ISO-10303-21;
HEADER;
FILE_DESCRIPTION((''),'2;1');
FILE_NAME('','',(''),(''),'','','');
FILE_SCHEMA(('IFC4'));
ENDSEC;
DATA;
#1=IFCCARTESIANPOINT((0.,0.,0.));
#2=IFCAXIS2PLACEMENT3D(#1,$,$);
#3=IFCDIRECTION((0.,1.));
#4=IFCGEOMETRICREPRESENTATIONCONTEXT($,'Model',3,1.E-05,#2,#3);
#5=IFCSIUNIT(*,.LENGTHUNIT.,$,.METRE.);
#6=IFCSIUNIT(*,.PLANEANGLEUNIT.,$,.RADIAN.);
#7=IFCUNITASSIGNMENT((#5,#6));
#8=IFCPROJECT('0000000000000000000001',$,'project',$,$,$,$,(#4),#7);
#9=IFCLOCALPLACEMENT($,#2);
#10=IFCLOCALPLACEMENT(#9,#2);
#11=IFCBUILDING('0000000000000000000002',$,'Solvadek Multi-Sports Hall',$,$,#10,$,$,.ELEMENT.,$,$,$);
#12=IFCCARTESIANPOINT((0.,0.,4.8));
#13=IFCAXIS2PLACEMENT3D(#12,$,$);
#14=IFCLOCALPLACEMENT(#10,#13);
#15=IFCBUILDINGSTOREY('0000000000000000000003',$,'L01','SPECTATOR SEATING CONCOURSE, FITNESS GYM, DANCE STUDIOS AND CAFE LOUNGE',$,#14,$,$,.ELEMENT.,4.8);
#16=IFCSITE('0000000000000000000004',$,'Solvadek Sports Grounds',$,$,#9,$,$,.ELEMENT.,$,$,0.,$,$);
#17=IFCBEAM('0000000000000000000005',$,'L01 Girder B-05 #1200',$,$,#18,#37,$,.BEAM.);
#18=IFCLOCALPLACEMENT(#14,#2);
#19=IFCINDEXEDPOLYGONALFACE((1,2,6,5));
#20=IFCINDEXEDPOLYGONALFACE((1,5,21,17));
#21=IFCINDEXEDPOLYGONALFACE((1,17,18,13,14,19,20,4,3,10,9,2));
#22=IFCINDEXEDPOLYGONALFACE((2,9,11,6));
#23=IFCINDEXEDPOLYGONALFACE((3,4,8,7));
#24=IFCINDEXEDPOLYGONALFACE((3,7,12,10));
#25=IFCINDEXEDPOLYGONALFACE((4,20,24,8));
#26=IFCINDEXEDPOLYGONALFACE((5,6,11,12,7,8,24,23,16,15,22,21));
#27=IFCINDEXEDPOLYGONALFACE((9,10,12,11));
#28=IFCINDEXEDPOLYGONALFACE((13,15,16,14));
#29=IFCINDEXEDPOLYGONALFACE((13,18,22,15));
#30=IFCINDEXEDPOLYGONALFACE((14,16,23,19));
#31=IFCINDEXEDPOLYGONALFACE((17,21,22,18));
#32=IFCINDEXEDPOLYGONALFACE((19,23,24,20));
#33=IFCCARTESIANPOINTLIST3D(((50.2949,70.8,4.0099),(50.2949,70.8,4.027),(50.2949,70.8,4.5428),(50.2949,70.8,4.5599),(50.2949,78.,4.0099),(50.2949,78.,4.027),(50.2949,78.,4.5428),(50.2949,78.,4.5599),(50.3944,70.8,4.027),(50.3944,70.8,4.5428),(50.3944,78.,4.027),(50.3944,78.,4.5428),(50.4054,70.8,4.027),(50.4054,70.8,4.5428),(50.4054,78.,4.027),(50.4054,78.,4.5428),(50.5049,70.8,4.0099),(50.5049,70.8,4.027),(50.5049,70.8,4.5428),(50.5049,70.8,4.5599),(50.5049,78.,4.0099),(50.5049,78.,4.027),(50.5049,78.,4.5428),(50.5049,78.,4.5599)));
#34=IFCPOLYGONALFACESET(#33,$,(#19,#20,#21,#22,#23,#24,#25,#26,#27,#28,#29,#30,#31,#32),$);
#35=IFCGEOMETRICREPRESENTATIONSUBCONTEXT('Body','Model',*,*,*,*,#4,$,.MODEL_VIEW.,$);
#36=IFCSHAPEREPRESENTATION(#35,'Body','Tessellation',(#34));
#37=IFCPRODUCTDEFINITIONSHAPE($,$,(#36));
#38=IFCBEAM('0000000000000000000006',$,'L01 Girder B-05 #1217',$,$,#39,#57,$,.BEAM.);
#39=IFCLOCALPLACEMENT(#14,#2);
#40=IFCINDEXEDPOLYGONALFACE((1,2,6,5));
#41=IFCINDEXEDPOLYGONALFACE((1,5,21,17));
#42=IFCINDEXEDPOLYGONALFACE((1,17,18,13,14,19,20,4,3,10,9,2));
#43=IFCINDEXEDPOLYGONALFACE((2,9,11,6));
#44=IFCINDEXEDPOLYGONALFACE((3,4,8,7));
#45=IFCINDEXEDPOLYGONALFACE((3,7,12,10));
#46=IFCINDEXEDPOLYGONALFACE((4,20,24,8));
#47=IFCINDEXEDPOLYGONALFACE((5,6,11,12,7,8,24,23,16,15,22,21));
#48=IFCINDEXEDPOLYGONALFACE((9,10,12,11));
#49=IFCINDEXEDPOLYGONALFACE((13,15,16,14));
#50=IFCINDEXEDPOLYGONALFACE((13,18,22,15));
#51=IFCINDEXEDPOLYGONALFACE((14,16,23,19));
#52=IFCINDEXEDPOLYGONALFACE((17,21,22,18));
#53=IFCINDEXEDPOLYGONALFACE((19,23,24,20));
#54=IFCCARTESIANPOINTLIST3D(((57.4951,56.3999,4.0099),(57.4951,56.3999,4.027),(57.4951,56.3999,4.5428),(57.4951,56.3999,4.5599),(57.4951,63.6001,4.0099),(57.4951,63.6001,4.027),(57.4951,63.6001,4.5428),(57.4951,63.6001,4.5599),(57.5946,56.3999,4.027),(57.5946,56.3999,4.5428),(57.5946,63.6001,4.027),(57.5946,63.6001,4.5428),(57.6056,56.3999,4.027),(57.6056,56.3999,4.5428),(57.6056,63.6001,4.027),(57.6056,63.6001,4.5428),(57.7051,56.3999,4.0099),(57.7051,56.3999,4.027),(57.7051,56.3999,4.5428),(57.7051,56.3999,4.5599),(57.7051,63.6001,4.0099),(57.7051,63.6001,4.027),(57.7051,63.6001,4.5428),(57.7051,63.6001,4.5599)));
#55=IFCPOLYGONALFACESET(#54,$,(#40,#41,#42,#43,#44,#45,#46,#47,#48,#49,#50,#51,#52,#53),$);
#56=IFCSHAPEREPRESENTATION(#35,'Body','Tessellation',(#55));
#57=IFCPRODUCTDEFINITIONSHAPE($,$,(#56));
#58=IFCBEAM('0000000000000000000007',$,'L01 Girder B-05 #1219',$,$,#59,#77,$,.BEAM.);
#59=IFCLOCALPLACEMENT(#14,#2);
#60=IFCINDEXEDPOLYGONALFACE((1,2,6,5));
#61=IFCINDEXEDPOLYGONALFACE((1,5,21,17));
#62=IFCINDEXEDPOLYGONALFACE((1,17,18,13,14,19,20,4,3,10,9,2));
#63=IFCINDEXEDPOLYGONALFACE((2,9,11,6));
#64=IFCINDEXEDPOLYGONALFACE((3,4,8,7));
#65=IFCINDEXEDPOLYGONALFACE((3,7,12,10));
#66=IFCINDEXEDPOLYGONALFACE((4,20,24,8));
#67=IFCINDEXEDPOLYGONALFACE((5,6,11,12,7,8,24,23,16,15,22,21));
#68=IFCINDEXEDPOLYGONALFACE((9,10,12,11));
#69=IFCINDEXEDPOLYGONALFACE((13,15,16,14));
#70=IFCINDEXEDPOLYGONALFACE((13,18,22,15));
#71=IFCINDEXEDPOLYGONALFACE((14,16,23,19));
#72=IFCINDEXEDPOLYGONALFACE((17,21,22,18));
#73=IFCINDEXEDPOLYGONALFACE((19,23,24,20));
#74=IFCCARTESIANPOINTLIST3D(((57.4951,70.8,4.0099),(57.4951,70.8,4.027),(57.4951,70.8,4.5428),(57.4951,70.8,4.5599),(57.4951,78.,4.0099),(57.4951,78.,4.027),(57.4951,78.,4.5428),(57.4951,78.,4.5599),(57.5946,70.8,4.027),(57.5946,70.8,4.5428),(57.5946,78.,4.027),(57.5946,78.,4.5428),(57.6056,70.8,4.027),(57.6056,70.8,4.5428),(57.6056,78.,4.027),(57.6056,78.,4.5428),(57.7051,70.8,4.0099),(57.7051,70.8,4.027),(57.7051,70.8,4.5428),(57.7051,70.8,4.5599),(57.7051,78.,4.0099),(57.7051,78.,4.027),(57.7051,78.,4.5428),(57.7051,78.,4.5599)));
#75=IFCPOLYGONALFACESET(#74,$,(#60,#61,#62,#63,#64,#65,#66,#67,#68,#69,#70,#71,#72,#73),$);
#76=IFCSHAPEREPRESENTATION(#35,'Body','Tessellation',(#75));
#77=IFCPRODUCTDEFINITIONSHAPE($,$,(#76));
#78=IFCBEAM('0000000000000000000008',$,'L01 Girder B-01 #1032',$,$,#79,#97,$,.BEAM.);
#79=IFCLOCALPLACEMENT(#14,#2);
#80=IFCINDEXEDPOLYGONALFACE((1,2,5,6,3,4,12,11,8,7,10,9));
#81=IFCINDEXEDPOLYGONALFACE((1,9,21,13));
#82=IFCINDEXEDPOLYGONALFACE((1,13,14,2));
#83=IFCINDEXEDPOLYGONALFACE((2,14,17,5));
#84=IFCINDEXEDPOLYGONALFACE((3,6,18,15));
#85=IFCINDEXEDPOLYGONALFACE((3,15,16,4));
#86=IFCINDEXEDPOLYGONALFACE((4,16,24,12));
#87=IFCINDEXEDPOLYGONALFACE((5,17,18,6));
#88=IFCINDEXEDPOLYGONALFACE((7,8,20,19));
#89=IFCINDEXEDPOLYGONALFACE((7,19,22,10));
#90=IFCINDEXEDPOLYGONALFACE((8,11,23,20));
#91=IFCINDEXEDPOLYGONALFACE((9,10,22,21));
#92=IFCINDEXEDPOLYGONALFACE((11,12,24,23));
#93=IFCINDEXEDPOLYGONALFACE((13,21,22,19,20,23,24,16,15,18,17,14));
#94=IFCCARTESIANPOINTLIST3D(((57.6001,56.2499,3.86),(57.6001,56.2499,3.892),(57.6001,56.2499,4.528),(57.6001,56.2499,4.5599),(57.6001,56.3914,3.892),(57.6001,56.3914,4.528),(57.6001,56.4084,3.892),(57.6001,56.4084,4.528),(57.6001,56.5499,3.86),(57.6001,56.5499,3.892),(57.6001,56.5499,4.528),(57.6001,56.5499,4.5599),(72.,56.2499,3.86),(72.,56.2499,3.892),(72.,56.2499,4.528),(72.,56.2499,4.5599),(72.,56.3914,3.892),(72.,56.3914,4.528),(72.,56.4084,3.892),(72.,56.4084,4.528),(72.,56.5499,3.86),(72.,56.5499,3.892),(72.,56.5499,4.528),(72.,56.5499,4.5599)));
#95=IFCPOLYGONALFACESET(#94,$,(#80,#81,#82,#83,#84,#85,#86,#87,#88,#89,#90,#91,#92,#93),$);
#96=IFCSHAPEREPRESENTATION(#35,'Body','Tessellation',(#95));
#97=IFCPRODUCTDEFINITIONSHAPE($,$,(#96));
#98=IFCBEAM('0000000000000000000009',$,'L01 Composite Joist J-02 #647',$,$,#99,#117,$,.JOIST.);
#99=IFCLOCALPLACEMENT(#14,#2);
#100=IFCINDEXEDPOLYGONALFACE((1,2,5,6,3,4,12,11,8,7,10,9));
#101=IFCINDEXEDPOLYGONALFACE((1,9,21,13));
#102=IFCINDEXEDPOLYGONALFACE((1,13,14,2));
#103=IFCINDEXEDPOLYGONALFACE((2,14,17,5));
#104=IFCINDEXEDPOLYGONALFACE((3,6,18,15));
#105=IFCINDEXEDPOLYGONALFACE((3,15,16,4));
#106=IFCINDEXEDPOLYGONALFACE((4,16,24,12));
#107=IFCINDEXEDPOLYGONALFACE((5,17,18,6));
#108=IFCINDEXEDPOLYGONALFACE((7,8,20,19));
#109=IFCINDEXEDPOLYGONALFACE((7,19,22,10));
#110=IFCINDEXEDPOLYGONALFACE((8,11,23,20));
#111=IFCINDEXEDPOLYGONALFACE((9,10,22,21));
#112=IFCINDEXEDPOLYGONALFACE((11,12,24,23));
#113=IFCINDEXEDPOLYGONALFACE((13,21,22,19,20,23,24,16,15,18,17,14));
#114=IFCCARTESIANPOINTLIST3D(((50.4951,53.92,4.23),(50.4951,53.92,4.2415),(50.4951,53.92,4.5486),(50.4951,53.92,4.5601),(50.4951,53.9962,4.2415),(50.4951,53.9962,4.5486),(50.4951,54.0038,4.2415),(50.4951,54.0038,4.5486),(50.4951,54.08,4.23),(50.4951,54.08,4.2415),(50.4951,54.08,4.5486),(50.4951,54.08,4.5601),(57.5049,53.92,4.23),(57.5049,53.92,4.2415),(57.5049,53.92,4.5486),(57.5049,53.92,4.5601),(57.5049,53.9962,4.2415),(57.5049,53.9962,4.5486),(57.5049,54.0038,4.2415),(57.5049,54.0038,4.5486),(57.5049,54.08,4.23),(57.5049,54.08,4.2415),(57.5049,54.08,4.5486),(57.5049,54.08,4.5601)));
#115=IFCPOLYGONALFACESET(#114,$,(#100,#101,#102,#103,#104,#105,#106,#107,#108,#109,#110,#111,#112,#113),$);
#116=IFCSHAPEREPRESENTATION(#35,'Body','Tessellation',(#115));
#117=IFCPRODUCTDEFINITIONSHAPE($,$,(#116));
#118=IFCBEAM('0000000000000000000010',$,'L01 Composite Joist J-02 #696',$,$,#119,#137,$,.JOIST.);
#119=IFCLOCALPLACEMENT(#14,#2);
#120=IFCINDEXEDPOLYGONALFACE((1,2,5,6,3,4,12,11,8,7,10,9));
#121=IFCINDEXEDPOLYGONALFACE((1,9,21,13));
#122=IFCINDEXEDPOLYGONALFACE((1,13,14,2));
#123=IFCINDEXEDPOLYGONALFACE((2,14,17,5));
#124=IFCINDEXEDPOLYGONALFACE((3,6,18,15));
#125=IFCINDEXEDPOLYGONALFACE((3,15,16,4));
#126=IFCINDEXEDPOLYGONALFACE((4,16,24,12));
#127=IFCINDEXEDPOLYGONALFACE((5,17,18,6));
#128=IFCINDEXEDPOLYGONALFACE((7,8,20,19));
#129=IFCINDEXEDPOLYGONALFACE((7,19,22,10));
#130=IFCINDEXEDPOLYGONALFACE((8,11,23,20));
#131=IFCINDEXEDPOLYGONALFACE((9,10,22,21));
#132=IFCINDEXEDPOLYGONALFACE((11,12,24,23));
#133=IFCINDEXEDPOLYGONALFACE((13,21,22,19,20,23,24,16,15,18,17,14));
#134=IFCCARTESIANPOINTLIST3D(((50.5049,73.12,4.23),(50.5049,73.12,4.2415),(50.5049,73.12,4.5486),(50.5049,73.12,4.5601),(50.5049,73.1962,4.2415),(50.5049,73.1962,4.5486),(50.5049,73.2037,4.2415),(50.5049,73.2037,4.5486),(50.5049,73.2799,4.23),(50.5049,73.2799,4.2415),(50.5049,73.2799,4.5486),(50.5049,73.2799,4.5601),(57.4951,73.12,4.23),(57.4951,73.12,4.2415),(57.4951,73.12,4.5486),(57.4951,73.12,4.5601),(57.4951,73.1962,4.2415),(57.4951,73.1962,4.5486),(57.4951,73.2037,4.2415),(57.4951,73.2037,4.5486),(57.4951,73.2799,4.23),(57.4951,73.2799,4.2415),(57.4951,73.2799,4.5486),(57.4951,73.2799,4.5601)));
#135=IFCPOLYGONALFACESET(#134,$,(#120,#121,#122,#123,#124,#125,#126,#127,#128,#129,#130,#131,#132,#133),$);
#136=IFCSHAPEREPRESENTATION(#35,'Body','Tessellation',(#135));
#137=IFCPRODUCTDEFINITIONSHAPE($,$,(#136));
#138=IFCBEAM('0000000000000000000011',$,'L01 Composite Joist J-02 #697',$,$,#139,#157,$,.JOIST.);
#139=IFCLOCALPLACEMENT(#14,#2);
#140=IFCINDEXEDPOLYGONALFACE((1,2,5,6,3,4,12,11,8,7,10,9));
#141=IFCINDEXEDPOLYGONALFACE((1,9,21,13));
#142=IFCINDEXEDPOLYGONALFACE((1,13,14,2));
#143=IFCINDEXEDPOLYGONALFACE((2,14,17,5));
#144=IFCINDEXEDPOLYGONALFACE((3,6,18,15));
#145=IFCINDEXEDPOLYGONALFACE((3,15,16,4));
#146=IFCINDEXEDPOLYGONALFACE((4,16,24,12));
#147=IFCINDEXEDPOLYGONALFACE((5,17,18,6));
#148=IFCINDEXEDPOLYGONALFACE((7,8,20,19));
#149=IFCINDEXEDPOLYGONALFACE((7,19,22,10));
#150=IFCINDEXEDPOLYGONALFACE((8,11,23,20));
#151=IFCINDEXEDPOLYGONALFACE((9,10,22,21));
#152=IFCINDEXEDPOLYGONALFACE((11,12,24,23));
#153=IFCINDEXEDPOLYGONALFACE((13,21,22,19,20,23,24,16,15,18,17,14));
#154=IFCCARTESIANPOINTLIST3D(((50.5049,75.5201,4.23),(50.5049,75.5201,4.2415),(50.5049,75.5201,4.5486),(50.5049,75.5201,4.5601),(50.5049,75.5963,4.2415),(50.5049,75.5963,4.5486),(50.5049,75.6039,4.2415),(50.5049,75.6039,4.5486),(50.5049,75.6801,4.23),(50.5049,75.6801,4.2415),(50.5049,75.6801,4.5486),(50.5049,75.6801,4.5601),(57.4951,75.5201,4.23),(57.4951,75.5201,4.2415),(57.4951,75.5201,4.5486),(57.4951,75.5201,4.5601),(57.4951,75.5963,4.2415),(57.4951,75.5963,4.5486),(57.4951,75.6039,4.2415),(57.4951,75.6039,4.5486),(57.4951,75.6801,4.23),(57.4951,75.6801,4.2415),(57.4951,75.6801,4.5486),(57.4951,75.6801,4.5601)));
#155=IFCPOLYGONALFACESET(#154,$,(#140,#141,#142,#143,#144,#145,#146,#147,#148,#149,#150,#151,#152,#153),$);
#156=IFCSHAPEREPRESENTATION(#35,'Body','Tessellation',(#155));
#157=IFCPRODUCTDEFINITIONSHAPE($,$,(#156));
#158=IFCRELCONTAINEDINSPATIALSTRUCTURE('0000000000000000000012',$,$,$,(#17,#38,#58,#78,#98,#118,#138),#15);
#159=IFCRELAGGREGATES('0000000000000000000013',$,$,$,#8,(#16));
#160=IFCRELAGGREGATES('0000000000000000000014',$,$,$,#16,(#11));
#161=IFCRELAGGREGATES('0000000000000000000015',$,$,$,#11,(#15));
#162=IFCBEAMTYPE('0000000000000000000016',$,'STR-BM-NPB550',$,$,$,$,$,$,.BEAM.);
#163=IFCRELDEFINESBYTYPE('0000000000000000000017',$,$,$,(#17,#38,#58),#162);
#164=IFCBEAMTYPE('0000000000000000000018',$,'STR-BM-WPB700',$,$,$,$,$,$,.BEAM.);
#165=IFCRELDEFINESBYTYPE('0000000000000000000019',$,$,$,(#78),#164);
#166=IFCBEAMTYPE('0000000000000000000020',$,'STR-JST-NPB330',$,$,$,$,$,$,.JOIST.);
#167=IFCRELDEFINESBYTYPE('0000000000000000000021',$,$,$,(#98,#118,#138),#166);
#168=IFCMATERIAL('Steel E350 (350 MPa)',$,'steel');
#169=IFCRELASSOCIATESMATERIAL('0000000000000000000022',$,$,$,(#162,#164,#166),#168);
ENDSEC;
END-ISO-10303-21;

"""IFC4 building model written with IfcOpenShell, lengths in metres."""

from ifc_helpers import new_model, si_unit, direction, frame, origin, origin_2d, place, context, subcontext, project, spatial, i_section, extrude, material, material_profile, profile_set, type_object, element, save


model = new_model("IFC4")

# Units and contexts
model_context = context("Model", 3, precision=1e-05, world=origin(), true_north=direction((0.0, 1.0)))
body_context = subcontext(model_context, "Body", "Model", "MODEL_VIEW")
ifc_project = project(units=[si_unit("LENGTHUNIT", "METRE"), si_unit("PLANEANGLEUNIT", "RADIAN")], contexts=[model_context])

# Site, building, storey
site_placement = place(None, origin())
site = spatial("IfcSite", under=ifc_project, at=site_placement, Name="Solvadek Sports Grounds", CompositionType="ELEMENT", RefElevation=0.0)
building_placement = place(site_placement, origin())
building = spatial("IfcBuilding", under=site, at=building_placement, Name="Solvadek Multi-Sports Hall", CompositionType="ELEMENT")
storey_placement = place(building_placement, frame((0.0, 0.0, 4.8)))
storey = spatial("IfcBuildingStorey", under=building, at=storey_placement, Name="L01", Description="SPECTATOR SEATING CONCOURSE, FITNESS GYM, DANCE STUDIOS AND CAFE LOUNGE", CompositionType="ELEMENT", Elevation=4.8)

# Shared definitions
ifc_material_1 = material(Name="Steel E350 (350 MPa)", Category="steel")

# Beams
ifc_material_profile_1 = material_profile(ifc_material_1, i_section(OverallWidth=0.21, OverallDepth=0.55, WebThickness=0.011, FlangeThickness=0.0171, at=origin_2d()), Name="NPB 550")
ifc_profile_set_1 = profile_set([ifc_material_profile_1], Name="Steel E350 (350 MPa)")
beam_type_1 = type_object("IfcBeamType", Name="STR-BM-NPB550", PredefinedType="BEAM", material=ifc_profile_set_1)
beam_1_placement = place(storey_placement, frame((50.3999, 70.8, 4.2849), z_axis=(0.0, 1.0, 0.0), x_axis=(-1.0, 0.0, 0.0)))
element("IfcBeam", 1, at=beam_1_placement, inside=storey, type_object=beam_type_1, Name="L01 Girder B-05 #1200", PredefinedType="BEAM", context=body_context, shape_type="SweptSolid", body=[
    extrude(i_section(OverallWidth=0.21, OverallDepth=0.55, WebThickness=0.011, FlangeThickness=0.0171, at=origin_2d()), origin(), (0.0, 0.0, 1.0), 7.2),
])
beam_2_placement = place(storey_placement, frame((57.6001, 56.3999, 4.2849), z_axis=(0.0, 1.0, 0.0), x_axis=(-1.0, 0.0, 0.0)))
element("IfcBeam", 2, at=beam_2_placement, inside=storey, type_object=beam_type_1, Name="L01 Girder B-05 #1217", PredefinedType="BEAM", context=body_context, shape_type="SweptSolid", body=[
    extrude(i_section(OverallWidth=0.21, OverallDepth=0.55, WebThickness=0.011, FlangeThickness=0.0171, at=origin_2d()), origin(), (0.0, 0.0, 1.0), 7.2002),
])
beam_3_placement = place(storey_placement, frame((57.6001, 70.8, 4.2849), z_axis=(0.0, 1.0, 0.0), x_axis=(-1.0, 0.0, 0.0)))
element("IfcBeam", 3, at=beam_3_placement, inside=storey, type_object=beam_type_1, Name="L01 Girder B-05 #1219", PredefinedType="BEAM", context=body_context, shape_type="SweptSolid", body=[
    extrude(i_section(OverallWidth=0.21, OverallDepth=0.55, WebThickness=0.011, FlangeThickness=0.0171, at=origin_2d()), origin(), (0.0, 0.0, 1.0), 7.2),
])
ifc_material_profile_2 = material_profile(ifc_material_1, i_section(OverallWidth=0.3, OverallDepth=0.7, WebThickness=0.0171, FlangeThickness=0.032, at=origin_2d()), Name="WPB 700")
ifc_profile_set_2 = profile_set([ifc_material_profile_2], Name="Steel E350 (350 MPa)")
beam_type_2 = type_object("IfcBeamType", Name="STR-BM-WPB700", PredefinedType="BEAM", material=ifc_profile_set_2)
beam_4_placement = place(storey_placement, frame((57.6001, 56.3999, 4.21), z_axis=(1.0, 0.0, 0.0), x_axis=(0.0, 1.0, 0.0)))
element("IfcBeam", 4, at=beam_4_placement, inside=storey, type_object=beam_type_2, Name="L01 Girder B-01 #1032", PredefinedType="BEAM", context=body_context, shape_type="SweptSolid", body=[
    extrude(i_section(OverallWidth=0.3, OverallDepth=0.7, WebThickness=0.0171, FlangeThickness=0.032, at=origin_2d()), origin(), (0.0, 0.0, 1.0), 14.3999),
])
ifc_material_profile_3 = material_profile(ifc_material_1, i_section(OverallWidth=0.1599, OverallDepth=0.3301, WebThickness=0.0076, FlangeThickness=0.0115, at=origin_2d()), Name="NPB 330")
ifc_profile_set_3 = profile_set([ifc_material_profile_3], Name="Steel E350 (350 MPa)")
beam_type_3 = type_object("IfcBeamType", Name="STR-JST-NPB330", PredefinedType="JOIST", material=ifc_profile_set_3)
beam_5_placement = place(storey_placement, frame((50.4951, 54.0, 4.395), z_axis=(1.0, 0.0, 0.0), x_axis=(0.0, 1.0, 0.0)))
element("IfcBeam", 5, at=beam_5_placement, inside=storey, type_object=beam_type_3, Name="L01 Composite Joist J-02 #647", PredefinedType="JOIST", context=body_context, shape_type="SweptSolid", body=[
    extrude(i_section(OverallWidth=0.1599, OverallDepth=0.3301, WebThickness=0.0076, FlangeThickness=0.0115, at=origin_2d()), origin(), (0.0, 0.0, 1.0), 7.0098),
])
for number, where, z_axis, x_axis, name in (
    (6, (50.5049, 73.2, 4.395), (1.0, 0.0, 0.0), (0.0, 1.0, 0.0), "L01 Composite Joist J-02 #696"),
    (7, (50.5049, 75.6001, 4.395), (1.0, 0.0, 0.0), (0.0, 1.0, 0.0), "L01 Composite Joist J-02 #697"),
):
    element("IfcBeam", number, at=place(storey_placement, frame(where, z_axis=z_axis, x_axis=x_axis)), inside=storey, type_object=beam_type_3, Name=name, PredefinedType="JOIST", context=body_context, shape_type="SweptSolid", body=[
        extrude(i_section(OverallWidth=0.1599, OverallDepth=0.3301, WebThickness=0.0076, FlangeThickness=0.0115, at=origin_2d()), origin(), (0.0, 0.0, 1.0), 6.9902),
    ])

save(model, "model.ifc")
